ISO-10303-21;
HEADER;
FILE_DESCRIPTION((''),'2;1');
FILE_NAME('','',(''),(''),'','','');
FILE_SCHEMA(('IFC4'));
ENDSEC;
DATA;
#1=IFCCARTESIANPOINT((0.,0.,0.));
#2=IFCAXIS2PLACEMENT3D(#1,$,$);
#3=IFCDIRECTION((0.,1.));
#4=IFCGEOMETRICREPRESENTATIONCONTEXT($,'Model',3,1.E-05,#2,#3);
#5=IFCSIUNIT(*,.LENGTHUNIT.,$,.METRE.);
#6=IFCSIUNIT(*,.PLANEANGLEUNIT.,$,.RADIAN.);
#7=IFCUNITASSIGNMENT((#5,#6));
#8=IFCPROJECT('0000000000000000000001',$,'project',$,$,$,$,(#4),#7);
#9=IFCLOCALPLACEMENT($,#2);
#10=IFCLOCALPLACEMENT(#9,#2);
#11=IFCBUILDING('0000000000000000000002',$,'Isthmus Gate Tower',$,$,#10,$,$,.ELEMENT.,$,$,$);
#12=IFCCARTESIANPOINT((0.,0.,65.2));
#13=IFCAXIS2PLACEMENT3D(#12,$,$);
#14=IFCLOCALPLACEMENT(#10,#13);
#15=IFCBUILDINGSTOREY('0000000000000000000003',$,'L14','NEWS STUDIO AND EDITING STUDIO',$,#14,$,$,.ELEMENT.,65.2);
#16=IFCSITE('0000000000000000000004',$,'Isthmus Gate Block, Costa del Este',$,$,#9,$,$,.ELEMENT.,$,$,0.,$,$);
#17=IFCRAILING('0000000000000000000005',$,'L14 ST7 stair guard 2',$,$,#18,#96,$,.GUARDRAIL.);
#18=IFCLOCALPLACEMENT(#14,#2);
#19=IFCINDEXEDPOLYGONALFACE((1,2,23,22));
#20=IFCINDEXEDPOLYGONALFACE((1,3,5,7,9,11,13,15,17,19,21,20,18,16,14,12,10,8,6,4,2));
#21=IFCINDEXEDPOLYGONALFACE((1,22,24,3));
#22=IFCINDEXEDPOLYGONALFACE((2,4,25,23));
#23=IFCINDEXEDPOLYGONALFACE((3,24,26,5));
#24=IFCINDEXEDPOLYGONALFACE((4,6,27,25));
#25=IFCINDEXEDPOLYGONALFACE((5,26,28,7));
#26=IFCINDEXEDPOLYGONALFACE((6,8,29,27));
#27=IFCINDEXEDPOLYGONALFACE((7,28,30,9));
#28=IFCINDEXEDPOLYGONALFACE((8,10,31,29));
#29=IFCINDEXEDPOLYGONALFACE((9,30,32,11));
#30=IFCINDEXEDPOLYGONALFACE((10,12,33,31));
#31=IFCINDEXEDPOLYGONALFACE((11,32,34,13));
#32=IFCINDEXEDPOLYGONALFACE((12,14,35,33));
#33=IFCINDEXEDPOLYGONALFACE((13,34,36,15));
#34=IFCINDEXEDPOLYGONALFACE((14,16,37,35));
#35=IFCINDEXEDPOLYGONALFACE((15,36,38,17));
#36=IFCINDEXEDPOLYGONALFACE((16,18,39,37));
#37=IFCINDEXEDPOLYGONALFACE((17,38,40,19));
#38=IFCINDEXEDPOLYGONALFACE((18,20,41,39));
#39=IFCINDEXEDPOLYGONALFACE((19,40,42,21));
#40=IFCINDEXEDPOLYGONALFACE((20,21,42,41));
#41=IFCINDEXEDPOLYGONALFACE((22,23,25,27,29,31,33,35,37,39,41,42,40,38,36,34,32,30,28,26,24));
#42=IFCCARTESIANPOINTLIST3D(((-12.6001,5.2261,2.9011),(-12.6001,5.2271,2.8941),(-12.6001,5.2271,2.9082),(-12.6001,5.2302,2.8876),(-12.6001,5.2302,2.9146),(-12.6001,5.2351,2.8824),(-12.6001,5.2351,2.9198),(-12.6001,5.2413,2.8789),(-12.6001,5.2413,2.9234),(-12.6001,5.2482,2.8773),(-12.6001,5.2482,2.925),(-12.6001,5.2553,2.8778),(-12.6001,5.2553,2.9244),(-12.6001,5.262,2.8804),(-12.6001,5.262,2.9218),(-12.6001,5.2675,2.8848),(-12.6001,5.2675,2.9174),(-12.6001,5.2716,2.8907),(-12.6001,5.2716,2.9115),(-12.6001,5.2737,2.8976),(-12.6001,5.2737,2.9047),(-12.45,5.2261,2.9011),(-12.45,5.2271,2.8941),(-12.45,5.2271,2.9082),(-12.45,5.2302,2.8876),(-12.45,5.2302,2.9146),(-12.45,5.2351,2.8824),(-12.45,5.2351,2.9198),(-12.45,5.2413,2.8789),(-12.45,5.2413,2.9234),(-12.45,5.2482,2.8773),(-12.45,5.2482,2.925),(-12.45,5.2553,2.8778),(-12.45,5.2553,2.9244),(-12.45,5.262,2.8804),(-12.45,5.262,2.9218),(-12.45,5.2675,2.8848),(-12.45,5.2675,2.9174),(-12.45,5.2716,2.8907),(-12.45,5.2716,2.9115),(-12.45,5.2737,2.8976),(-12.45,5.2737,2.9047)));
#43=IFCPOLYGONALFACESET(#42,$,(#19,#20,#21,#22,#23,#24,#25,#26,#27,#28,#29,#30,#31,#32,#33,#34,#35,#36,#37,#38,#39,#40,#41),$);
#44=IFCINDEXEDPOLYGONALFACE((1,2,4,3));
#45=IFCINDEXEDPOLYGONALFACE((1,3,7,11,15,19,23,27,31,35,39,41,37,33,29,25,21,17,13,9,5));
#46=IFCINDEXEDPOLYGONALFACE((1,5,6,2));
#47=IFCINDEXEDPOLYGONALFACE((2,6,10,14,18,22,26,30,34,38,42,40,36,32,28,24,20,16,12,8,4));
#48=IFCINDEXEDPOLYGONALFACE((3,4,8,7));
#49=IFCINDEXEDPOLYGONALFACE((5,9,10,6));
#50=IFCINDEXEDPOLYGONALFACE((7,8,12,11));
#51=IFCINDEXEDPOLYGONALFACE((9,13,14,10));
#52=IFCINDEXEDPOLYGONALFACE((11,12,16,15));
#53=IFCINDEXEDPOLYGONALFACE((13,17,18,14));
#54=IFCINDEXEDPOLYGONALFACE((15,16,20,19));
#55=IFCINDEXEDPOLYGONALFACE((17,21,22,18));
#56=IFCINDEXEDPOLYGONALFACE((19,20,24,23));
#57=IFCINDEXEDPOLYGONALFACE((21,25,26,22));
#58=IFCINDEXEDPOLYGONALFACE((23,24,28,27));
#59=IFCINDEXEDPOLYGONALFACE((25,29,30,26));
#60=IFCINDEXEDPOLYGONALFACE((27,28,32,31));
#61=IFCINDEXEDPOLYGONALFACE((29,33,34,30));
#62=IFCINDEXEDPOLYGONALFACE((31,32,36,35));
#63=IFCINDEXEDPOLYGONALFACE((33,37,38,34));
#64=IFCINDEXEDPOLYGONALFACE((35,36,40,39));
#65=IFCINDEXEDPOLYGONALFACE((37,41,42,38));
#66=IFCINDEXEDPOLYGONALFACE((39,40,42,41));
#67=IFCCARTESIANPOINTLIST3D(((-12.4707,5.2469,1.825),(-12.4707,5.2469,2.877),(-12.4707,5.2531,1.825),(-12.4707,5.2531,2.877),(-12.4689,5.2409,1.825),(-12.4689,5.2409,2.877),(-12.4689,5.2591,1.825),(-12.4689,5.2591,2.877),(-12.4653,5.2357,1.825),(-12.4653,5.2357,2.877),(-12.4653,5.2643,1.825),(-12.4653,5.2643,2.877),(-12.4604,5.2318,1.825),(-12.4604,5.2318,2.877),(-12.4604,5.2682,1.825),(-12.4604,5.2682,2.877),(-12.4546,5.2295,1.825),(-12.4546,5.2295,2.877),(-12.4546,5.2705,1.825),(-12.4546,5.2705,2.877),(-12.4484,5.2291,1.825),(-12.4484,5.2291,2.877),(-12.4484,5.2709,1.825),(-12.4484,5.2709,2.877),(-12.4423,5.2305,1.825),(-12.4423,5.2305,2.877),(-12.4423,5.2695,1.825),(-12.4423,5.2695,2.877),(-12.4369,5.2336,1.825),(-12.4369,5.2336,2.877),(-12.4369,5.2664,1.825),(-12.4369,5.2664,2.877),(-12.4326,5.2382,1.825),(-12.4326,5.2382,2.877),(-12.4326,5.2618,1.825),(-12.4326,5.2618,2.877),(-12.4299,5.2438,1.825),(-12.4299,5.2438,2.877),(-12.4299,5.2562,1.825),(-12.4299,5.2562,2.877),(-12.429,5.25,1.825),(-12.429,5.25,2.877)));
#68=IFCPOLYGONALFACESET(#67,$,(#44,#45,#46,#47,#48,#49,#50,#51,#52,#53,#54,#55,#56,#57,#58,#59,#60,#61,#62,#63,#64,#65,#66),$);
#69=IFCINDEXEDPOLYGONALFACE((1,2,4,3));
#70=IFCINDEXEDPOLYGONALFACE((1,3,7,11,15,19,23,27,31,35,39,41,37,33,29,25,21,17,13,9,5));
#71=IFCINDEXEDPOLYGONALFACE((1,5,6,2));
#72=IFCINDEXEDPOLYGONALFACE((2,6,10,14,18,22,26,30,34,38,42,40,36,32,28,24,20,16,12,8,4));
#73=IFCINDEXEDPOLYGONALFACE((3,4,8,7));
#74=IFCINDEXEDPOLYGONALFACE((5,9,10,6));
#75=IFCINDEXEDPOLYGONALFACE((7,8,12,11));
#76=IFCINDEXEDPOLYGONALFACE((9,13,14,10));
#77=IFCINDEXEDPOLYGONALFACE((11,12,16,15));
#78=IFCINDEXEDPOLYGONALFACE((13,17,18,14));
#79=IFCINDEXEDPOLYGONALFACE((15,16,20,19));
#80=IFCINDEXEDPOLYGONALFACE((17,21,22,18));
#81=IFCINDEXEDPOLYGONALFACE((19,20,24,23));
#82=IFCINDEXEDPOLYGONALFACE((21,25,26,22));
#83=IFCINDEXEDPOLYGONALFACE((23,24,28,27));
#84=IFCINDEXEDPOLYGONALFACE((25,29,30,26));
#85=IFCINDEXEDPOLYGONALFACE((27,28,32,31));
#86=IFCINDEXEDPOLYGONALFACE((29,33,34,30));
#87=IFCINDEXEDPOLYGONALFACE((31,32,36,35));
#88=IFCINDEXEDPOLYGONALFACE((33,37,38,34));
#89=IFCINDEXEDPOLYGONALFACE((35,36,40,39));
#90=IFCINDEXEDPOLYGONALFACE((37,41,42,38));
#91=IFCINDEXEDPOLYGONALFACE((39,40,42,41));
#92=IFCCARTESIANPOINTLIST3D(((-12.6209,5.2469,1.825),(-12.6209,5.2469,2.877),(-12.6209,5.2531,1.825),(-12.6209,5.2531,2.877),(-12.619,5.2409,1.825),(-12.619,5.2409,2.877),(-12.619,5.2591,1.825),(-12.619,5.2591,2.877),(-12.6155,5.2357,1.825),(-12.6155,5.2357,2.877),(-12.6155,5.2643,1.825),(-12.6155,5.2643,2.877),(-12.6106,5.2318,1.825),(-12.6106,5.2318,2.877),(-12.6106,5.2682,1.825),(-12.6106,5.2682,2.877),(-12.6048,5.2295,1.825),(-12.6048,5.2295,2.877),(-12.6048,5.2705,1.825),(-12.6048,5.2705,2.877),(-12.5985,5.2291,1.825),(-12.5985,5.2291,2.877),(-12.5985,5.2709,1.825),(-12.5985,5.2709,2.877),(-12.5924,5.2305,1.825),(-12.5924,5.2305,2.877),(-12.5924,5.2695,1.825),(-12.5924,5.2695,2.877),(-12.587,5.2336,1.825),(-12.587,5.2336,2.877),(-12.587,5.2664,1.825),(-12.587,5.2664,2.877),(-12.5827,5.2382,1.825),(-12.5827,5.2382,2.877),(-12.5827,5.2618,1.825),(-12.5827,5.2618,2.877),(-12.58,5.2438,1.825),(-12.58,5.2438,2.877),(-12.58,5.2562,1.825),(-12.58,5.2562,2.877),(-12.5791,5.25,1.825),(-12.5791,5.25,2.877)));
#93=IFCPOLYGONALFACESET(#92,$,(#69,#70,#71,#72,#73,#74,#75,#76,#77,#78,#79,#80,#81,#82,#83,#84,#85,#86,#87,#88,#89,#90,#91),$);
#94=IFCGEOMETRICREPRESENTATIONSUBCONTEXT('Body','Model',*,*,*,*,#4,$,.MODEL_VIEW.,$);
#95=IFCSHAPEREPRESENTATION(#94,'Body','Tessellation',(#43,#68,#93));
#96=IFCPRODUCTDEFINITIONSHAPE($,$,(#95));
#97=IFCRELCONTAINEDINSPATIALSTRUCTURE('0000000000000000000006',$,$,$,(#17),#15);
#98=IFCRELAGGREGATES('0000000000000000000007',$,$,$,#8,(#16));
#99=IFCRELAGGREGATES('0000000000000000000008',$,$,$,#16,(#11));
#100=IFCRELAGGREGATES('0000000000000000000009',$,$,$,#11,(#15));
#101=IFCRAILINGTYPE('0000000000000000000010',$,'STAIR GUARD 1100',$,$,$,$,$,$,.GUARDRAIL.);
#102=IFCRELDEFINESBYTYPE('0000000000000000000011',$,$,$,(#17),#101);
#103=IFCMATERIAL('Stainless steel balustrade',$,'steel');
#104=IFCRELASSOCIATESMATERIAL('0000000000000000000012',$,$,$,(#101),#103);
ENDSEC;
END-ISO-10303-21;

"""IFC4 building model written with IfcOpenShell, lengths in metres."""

from ifc_helpers import new_model, si_unit, direction, frame, origin, origin_2d, place, context, subcontext, project, spatial, circle, extrude, material, type_object, element, save


model = new_model("IFC4")

# Units and contexts
model_context = context("Model", 3, precision=1e-05, world=origin(), true_north=direction((0.0, 1.0)))
body_context = subcontext(model_context, "Body", "Model", "MODEL_VIEW")
ifc_project = project(units=[si_unit("LENGTHUNIT", "METRE"), si_unit("PLANEANGLEUNIT", "RADIAN")], contexts=[model_context])

# Site, building, storey
site_placement = place(None, origin())
site = spatial("IfcSite", under=ifc_project, at=site_placement, Name="Isthmus Gate Block, Costa del Este", CompositionType="ELEMENT", RefElevation=0.0)
building_placement = place(site_placement, origin())
building = spatial("IfcBuilding", under=site, at=building_placement, Name="Isthmus Gate Tower", CompositionType="ELEMENT")
storey_placement = place(building_placement, frame((0.0, 0.0, 65.2)))
storey = spatial("IfcBuildingStorey", under=building, at=storey_placement, Name="L14", Description="NEWS STUDIO AND EDITING STUDIO", CompositionType="ELEMENT", Elevation=65.2)

# Railing
ifc_material_1 = material(Name="Stainless steel balustrade", Category="steel")
railing_type_1 = type_object("IfcRailingType", Name="STAIR GUARD 1100", PredefinedType="GUARDRAIL", material=ifc_material_1)
railing_1_placement = place(storey_placement, frame((-12.45, 5.25, 1.825)))
element("IfcRailing", 1, at=railing_1_placement, inside=storey, type_object=railing_type_1, Name="L14 ST7 stair guard 2", PredefinedType="GUARDRAIL", context=body_context, shape_type="SweptSolid", body=[
    extrude(circle(Radius=0.0239, at=origin_2d()), frame((0.0, 0.0, 1.0762), z_axis=(-1.0, 0.0, 0.0), x_axis=(0.0, -1.0, 0.0)), (0.0, 0.0, 1.0), 0.1501),
    extrude(circle(Radius=0.021, at=origin_2d()), origin(), (0.0, 0.0, 1.0), 1.052),
    extrude(circle(Radius=0.021, at=origin_2d()), frame((-0.1501, 0.0, 0.0)), (0.0, 0.0, 1.0), 1.052),
])

save(model, "model.ifc")
